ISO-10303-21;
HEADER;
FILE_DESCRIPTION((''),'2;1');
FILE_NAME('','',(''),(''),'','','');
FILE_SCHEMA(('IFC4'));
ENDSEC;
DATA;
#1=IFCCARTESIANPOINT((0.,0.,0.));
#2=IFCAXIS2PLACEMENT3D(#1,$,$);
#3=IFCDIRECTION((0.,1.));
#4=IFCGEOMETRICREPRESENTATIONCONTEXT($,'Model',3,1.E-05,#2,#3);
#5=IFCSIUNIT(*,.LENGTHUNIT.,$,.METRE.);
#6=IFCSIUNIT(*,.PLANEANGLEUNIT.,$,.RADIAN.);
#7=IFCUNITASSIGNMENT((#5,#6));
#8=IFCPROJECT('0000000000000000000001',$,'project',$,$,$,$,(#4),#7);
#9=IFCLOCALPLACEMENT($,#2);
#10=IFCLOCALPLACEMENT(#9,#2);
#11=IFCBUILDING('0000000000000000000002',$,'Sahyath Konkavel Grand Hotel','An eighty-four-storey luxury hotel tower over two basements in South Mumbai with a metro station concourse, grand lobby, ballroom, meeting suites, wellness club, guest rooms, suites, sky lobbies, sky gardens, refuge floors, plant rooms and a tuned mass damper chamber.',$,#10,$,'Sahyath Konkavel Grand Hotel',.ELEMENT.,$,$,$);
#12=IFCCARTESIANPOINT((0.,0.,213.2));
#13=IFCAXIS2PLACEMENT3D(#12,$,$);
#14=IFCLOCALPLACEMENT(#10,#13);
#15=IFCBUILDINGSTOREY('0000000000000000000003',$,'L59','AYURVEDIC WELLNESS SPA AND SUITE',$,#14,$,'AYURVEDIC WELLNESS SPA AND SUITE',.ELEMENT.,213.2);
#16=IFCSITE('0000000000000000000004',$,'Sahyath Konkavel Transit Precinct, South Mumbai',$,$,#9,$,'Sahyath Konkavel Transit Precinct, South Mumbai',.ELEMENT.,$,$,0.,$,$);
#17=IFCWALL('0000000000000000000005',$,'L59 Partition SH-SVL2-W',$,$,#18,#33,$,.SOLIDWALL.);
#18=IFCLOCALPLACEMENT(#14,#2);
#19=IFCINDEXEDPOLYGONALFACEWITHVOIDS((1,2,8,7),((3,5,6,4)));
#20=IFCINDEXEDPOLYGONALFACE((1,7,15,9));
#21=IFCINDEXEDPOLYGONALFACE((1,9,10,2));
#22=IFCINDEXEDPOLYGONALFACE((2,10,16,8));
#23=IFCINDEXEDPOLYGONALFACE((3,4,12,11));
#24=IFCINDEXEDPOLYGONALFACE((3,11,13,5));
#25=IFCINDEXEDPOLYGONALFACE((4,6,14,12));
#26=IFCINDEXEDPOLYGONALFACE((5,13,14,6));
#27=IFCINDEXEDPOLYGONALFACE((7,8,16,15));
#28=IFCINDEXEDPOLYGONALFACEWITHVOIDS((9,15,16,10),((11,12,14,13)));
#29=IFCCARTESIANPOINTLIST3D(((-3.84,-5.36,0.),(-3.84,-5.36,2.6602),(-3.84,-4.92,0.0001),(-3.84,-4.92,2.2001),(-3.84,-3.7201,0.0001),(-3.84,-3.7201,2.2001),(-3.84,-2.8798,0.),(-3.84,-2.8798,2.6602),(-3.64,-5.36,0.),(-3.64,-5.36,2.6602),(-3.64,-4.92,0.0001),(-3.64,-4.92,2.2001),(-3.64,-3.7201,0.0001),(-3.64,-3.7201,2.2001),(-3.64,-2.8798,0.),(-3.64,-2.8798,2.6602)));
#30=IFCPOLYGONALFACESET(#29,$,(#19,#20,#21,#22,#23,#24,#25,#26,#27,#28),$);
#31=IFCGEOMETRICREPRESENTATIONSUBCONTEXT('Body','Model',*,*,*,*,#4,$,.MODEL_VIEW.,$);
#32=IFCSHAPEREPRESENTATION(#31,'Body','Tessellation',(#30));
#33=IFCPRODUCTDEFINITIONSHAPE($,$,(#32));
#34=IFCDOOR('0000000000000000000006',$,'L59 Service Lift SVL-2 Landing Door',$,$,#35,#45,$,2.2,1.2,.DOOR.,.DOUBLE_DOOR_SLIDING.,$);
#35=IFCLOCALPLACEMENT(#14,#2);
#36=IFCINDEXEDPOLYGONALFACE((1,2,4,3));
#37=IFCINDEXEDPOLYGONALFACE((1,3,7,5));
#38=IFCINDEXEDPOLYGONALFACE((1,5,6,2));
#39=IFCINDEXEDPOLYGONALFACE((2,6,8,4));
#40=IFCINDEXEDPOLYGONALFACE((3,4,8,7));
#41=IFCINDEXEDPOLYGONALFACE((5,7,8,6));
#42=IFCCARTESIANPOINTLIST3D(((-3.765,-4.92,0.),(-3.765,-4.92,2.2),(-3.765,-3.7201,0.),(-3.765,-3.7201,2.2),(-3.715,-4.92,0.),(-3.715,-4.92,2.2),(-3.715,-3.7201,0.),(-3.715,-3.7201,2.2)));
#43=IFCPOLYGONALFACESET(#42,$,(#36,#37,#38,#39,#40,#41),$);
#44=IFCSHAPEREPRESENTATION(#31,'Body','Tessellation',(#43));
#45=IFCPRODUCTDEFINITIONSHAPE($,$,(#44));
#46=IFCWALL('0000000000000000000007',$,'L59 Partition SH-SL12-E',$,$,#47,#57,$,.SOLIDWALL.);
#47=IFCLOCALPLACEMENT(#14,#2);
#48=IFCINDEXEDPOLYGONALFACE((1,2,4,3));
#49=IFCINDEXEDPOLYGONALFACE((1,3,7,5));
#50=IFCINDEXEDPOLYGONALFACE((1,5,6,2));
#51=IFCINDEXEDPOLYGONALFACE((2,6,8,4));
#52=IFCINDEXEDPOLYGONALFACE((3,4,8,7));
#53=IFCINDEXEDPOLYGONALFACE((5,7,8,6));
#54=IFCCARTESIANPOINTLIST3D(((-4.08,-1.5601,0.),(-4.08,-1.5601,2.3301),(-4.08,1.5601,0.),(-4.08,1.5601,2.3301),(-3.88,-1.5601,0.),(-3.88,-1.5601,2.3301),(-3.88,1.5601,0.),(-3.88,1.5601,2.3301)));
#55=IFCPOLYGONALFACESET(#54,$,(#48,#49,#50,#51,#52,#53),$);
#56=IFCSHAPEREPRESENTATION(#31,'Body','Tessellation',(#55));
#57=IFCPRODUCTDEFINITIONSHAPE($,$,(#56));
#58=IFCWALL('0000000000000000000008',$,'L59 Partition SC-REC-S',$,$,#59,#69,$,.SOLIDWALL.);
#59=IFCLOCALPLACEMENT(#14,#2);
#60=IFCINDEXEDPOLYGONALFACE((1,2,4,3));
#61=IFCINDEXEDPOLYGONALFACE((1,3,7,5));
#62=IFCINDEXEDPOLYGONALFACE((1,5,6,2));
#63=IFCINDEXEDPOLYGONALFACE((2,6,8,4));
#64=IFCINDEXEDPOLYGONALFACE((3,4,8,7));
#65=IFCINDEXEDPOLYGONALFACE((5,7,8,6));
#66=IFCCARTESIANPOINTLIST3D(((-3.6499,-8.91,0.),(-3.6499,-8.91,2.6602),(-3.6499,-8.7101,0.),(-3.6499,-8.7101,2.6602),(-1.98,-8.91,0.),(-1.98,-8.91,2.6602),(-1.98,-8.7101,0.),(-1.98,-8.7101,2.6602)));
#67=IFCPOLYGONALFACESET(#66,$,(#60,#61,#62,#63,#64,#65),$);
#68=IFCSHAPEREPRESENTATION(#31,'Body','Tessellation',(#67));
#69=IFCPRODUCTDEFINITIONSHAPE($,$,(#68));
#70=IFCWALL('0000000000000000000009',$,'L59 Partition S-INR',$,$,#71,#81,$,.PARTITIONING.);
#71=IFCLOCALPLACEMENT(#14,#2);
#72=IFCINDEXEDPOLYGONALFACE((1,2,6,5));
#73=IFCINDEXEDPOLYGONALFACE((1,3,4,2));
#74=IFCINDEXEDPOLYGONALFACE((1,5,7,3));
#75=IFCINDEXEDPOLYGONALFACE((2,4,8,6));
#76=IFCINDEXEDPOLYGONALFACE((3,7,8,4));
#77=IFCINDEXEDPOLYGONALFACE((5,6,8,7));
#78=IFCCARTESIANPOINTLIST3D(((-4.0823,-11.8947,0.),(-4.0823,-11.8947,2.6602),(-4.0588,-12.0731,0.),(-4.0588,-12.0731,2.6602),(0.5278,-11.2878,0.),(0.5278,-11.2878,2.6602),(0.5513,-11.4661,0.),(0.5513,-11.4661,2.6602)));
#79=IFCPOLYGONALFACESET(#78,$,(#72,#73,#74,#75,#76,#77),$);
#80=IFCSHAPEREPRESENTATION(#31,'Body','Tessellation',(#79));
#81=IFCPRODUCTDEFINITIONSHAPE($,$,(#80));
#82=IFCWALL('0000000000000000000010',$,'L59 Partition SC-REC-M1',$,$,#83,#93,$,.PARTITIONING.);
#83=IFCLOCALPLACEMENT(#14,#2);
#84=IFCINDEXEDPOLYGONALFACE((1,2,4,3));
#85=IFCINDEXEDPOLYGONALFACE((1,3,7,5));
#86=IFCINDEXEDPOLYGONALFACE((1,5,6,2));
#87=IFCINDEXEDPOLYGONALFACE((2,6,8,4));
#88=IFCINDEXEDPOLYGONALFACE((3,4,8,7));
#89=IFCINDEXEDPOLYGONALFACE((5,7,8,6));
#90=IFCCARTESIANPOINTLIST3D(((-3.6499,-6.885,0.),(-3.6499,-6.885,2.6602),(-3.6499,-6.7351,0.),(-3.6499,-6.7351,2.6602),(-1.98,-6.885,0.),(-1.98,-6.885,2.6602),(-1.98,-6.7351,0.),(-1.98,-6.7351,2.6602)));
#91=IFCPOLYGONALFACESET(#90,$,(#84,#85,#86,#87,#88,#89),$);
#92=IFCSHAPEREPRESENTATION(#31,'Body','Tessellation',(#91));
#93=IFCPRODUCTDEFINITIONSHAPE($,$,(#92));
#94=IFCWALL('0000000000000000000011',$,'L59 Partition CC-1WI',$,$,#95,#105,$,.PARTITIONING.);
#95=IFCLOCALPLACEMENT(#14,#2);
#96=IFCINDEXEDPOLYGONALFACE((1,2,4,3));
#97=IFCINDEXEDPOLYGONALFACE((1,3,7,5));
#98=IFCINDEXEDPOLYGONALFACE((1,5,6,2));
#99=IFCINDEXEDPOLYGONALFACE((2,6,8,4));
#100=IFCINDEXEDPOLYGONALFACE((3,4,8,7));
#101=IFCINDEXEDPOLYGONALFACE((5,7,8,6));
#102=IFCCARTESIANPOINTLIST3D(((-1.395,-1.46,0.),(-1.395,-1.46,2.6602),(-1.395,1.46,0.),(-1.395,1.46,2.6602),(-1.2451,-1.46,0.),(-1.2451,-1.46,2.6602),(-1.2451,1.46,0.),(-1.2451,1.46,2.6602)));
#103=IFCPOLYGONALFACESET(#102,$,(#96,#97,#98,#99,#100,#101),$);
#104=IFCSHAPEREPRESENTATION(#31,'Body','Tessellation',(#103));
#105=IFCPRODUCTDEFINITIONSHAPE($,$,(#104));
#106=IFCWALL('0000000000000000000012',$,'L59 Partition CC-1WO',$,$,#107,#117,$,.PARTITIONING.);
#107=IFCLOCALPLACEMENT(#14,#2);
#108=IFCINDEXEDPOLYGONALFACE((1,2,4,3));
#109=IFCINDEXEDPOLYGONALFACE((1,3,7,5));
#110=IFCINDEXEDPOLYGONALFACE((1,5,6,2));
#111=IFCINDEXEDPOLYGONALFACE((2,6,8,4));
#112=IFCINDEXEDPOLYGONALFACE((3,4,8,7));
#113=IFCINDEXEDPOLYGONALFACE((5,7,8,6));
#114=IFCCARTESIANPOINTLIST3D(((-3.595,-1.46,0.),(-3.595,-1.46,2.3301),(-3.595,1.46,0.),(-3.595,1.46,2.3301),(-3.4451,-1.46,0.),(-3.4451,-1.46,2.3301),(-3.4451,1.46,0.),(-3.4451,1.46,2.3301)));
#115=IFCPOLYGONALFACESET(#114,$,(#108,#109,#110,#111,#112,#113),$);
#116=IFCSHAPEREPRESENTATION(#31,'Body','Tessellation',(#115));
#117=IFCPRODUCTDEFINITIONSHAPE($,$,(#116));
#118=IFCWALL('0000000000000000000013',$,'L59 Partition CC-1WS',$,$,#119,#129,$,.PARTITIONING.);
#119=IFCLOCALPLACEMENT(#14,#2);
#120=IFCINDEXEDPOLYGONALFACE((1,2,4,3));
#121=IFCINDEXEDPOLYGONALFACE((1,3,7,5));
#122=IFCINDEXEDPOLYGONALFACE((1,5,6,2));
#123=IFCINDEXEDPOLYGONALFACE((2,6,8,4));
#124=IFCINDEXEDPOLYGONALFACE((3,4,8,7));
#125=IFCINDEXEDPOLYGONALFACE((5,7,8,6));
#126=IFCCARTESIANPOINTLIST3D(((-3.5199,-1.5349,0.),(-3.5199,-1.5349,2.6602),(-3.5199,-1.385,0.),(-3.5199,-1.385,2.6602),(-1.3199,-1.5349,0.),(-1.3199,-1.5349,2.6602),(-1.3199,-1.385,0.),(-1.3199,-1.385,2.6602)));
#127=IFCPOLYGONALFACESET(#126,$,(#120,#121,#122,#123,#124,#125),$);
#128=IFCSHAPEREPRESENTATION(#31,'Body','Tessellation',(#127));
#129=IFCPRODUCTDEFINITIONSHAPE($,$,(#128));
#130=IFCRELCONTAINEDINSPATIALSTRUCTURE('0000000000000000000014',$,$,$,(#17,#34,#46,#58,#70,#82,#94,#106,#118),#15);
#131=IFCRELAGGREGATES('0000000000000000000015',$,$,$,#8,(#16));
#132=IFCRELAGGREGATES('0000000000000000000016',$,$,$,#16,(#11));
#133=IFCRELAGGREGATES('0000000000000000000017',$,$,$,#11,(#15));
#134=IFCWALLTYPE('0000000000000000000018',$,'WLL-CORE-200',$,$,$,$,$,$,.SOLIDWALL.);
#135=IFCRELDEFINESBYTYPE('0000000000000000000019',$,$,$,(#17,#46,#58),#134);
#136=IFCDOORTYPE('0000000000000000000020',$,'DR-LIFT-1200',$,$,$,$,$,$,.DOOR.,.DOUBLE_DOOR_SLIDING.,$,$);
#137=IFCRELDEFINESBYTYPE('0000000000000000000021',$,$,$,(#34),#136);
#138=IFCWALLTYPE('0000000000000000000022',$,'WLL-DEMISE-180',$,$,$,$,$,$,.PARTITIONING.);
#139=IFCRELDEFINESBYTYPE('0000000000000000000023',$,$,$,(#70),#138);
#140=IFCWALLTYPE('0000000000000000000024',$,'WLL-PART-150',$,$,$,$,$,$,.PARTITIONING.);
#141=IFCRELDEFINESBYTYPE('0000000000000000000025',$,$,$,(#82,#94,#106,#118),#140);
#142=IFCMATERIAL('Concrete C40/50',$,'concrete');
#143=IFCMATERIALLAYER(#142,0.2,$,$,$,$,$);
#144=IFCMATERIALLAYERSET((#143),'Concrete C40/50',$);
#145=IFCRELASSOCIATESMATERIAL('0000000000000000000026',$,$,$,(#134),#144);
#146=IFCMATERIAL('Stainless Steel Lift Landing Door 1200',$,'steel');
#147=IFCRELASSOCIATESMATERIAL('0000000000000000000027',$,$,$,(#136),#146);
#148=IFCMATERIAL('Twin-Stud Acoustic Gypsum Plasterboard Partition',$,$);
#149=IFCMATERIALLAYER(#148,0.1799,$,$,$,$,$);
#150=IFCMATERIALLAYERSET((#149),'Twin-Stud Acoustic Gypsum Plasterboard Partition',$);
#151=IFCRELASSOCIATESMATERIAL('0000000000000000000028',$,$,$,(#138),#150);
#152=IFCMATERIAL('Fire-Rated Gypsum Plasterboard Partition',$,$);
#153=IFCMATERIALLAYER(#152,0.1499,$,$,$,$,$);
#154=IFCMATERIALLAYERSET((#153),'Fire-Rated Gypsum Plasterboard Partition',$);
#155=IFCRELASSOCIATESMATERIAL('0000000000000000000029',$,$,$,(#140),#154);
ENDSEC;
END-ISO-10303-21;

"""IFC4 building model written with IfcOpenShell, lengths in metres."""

from ifc_helpers import new_model, si_unit, direction, frame, frame_2d, origin, origin_2d, place, context, subcontext, project, spatial, rectangle, extrude, source, transform, mapped, material, layer, layer_set, type_object, element, fill, save


model = new_model("IFC4")

# Units and contexts
model_context = context("Model", 3, precision=1e-05, world=origin(), true_north=direction((0.0, 1.0)))
body_context = subcontext(model_context, "Body", "Model", "MODEL_VIEW")
ifc_project = project(units=[si_unit("LENGTHUNIT", "METRE"), si_unit("PLANEANGLEUNIT", "RADIAN")], contexts=[model_context])

# Site, building, storey
site_placement = place(None, origin())
site = spatial("IfcSite", under=ifc_project, at=site_placement, Name="Sahyath Konkavel Transit Precinct, South Mumbai", LongName="Sahyath Konkavel Transit Precinct, South Mumbai", CompositionType="ELEMENT", RefElevation=0.0)
building_placement = place(site_placement, origin())
building = spatial("IfcBuilding", under=site, at=building_placement, Name="Sahyath Konkavel Grand Hotel", Description="An eighty-four-storey luxury hotel tower over two basements in South Mumbai with a metro station concourse, grand lobby, ballroom, meeting suites, wellness club, guest rooms, suites, sky lobbies, sky gardens, refuge floors, plant rooms and a tuned mass damper chamber.", LongName="Sahyath Konkavel Grand Hotel", CompositionType="ELEMENT")
storey_placement = place(building_placement, frame((0.0, 0.0, 213.2)))
storey = spatial("IfcBuildingStorey", under=building, at=storey_placement, Name="L59", Description="AYURVEDIC WELLNESS SPA AND SUITE", LongName="AYURVEDIC WELLNESS SPA AND SUITE", CompositionType="ELEMENT", Elevation=213.2)

# Shared definitions
ifc_material_1 = material(Name="Concrete C40/50", Category="concrete")

# Shared definitions
ifc_layer_1 = layer(ifc_material_1, 0.2)
ifc_layer_set_1 = layer_set([ifc_layer_1], Name="Concrete C40/50")
wall_type_1 = type_object("IfcWallType", Name="WLL-CORE-200", PredefinedType="SOLIDWALL", material=ifc_layer_set_1)

# Wall, opening, door
wall_1_placement = place(storey_placement, frame((-3.74, -5.3601, 0.0), z_axis=(0.0, 0.0, 1.0), x_axis=(0.0, 1.0, 0.0)))
wall_1 = element("IfcWall", 1, at=wall_1_placement, inside=storey, type_object=wall_type_1, Name="L59 Partition SH-SVL2-W", PredefinedType="SOLIDWALL", context=body_context, shape_type="SweptSolid", body=[
    extrude(rectangle(XDim=2.4802, YDim=0.2, at=frame_2d((1.2402, 0.0))), origin(), (0.0, 0.0, 1.0), 2.6602),
])
opening_1_placement = place(wall_1_placement, frame((0.4399, 0.0, 0.0)))
opening_1 = element("IfcOpeningElement", 2, at=opening_1_placement, cuts=wall_1, PredefinedType="OPENING", context=body_context, shape_type="SweptSolid", body=[
    extrude(rectangle(XDim=1.2, YDim=2.2, at=frame_2d((0.6001, 1.1001))), frame((0.0, 0.1099, 0.0), z_axis=(0.0, -1.0, 0.0), x_axis=(1.0, 0.0, 0.0)), (0.0, 0.0, 1.0), 0.22),
])
ifc_material_2 = material(Name="Stainless Steel Lift Landing Door 1200", Category="steel")
door_type_1 = type_object("IfcDoorType", Name="DR-LIFT-1200", OperationType="DOUBLE_DOOR_SLIDING", PredefinedType="DOOR", material=ifc_material_2)
shared_shape_1 = source(origin(), body_context, "Body", "SweptSolid", [
    extrude(rectangle(XDim=1.2, YDim=0.05, at=origin_2d()), origin(), (0.0, 0.0, 1.0), 2.2),
])
door_1_placement = place(opening_1_placement, frame((0.6001, 0.0, 0.0)))
door_1 = element("IfcDoor", 3, at=door_1_placement, inside=storey, type_object=door_type_1, Name="L59 Service Lift SVL-2 Landing Door", OperationType="DOUBLE_DOOR_SLIDING", OverallHeight=2.2, OverallWidth=1.2, PredefinedType="DOOR", context=body_context, shape_type="MappedRepresentation", body=[
    mapped(shared_shape_1, transform((0.0, 0.0, 0.0), scale=1.0)),
])
fill(opening_1, door_1)

# Wall
wall_2_placement = place(storey_placement, frame((-3.98, -1.5601, 0.0), z_axis=(0.0, 0.0, 1.0), x_axis=(0.0, 1.0, 0.0)))
element("IfcWall", 4, at=wall_2_placement, inside=storey, type_object=wall_type_1, Name="L59 Partition SH-SL12-E", PredefinedType="SOLIDWALL", context=body_context, shape_type="SweptSolid", body=[
    extrude(rectangle(XDim=3.1201, YDim=0.2, at=frame_2d((1.5601, 0.0))), origin(), (0.0, 0.0, 1.0), 2.3301),
])

# Walls
wall_3_placement = place(storey_placement, frame((-3.6499, -8.8101, 0.0), z_axis=(0.0, 0.0, 1.0), x_axis=(1.0, 0.0, 0.0)))
element("IfcWall", 5, at=wall_3_placement, inside=storey, type_object=wall_type_1, Name="L59 Partition SC-REC-S", PredefinedType="SOLIDWALL", context=body_context, shape_type="SweptSolid", body=[
    extrude(rectangle(XDim=1.6699, YDim=0.2, at=frame_2d((0.835, 0.0))), origin(), (0.0, 0.0, 1.0), 2.6602),
])
ifc_material_3 = material(Name="Twin-Stud Acoustic Gypsum Plasterboard Partition")
ifc_layer_2 = layer(ifc_material_3, 0.1799)
ifc_layer_set_2 = layer_set([ifc_layer_2], Name="Twin-Stud Acoustic Gypsum Plasterboard Partition")
wall_type_2 = type_object("IfcWallType", Name="WLL-DEMISE-180", PredefinedType="PARTITIONING", material=ifc_layer_set_2)
wall_4_placement = place(storey_placement, frame((-4.0706, -11.9839, 0.0), z_axis=(0.0, 0.0, 1.0), x_axis=(0.991445, 0.130526, 0.0)))
element("IfcWall", 6, at=wall_4_placement, inside=storey, type_object=wall_type_2, Name="L59 Partition S-INR", PredefinedType="PARTITIONING", context=body_context, shape_type="SweptSolid", body=[
    extrude(rectangle(XDim=4.6499, YDim=0.1799, at=frame_2d((2.325, 0.0))), origin(), (0.0, 0.0, 1.0), 2.6602),
])
ifc_material_4 = material(Name="Fire-Rated Gypsum Plasterboard Partition")
ifc_layer_3 = layer(ifc_material_4, 0.1499)
ifc_layer_set_3 = layer_set([ifc_layer_3], Name="Fire-Rated Gypsum Plasterboard Partition")
wall_type_3 = type_object("IfcWallType", Name="WLL-PART-150", PredefinedType="PARTITIONING", material=ifc_layer_set_3)
wall_5_placement = place(storey_placement, frame((-3.6499, -6.8101, 0.0), z_axis=(0.0, 0.0, 1.0), x_axis=(1.0, 0.0, 0.0)))
element("IfcWall", 7, at=wall_5_placement, inside=storey, type_object=wall_type_3, Name="L59 Partition SC-REC-M1", PredefinedType="PARTITIONING", context=body_context, shape_type="SweptSolid", body=[
    extrude(rectangle(XDim=1.6699, YDim=0.1499, at=frame_2d((0.835, 0.0))), origin(), (0.0, 0.0, 1.0), 2.6602),
])
wall_6_placement = place(storey_placement, frame((-1.3201, -1.46, 0.0), z_axis=(0.0, 0.0, 1.0), x_axis=(0.0, 1.0, 0.0)))
element("IfcWall", 8, at=wall_6_placement, inside=storey, type_object=wall_type_3, Name="L59 Partition CC-1WI", PredefinedType="PARTITIONING", context=body_context, shape_type="SweptSolid", body=[
    extrude(rectangle(XDim=2.9199, YDim=0.1499, at=frame_2d((1.46, 0.0))), origin(), (0.0, 0.0, 1.0), 2.6602),
])
wall_7_placement = place(storey_placement, frame((-3.52, -1.46, 0.0), z_axis=(0.0, 0.0, 1.0), x_axis=(0.0, 1.0, 0.0)))
element("IfcWall", 9, at=wall_7_placement, inside=storey, type_object=wall_type_3, Name="L59 Partition CC-1WO", PredefinedType="PARTITIONING", context=body_context, shape_type="SweptSolid", body=[
    extrude(rectangle(XDim=2.9199, YDim=0.1499, at=frame_2d((1.46, 0.0))), origin(), (0.0, 0.0, 1.0), 2.3301),
])
wall_8_placement = place(storey_placement, frame((-3.52, -1.46, 0.0), z_axis=(0.0, 0.0, 1.0), x_axis=(1.0, 0.0, 0.0)))
element("IfcWall", 10, at=wall_8_placement, inside=storey, type_object=wall_type_3, Name="L59 Partition CC-1WS", PredefinedType="PARTITIONING", context=body_context, shape_type="SweptSolid", body=[
    extrude(rectangle(XDim=2.2, YDim=0.1499, at=frame_2d((1.1001, 0.0))), origin(), (0.0, 0.0, 1.0), 2.6602),
])

save(model, "model.ifc")
